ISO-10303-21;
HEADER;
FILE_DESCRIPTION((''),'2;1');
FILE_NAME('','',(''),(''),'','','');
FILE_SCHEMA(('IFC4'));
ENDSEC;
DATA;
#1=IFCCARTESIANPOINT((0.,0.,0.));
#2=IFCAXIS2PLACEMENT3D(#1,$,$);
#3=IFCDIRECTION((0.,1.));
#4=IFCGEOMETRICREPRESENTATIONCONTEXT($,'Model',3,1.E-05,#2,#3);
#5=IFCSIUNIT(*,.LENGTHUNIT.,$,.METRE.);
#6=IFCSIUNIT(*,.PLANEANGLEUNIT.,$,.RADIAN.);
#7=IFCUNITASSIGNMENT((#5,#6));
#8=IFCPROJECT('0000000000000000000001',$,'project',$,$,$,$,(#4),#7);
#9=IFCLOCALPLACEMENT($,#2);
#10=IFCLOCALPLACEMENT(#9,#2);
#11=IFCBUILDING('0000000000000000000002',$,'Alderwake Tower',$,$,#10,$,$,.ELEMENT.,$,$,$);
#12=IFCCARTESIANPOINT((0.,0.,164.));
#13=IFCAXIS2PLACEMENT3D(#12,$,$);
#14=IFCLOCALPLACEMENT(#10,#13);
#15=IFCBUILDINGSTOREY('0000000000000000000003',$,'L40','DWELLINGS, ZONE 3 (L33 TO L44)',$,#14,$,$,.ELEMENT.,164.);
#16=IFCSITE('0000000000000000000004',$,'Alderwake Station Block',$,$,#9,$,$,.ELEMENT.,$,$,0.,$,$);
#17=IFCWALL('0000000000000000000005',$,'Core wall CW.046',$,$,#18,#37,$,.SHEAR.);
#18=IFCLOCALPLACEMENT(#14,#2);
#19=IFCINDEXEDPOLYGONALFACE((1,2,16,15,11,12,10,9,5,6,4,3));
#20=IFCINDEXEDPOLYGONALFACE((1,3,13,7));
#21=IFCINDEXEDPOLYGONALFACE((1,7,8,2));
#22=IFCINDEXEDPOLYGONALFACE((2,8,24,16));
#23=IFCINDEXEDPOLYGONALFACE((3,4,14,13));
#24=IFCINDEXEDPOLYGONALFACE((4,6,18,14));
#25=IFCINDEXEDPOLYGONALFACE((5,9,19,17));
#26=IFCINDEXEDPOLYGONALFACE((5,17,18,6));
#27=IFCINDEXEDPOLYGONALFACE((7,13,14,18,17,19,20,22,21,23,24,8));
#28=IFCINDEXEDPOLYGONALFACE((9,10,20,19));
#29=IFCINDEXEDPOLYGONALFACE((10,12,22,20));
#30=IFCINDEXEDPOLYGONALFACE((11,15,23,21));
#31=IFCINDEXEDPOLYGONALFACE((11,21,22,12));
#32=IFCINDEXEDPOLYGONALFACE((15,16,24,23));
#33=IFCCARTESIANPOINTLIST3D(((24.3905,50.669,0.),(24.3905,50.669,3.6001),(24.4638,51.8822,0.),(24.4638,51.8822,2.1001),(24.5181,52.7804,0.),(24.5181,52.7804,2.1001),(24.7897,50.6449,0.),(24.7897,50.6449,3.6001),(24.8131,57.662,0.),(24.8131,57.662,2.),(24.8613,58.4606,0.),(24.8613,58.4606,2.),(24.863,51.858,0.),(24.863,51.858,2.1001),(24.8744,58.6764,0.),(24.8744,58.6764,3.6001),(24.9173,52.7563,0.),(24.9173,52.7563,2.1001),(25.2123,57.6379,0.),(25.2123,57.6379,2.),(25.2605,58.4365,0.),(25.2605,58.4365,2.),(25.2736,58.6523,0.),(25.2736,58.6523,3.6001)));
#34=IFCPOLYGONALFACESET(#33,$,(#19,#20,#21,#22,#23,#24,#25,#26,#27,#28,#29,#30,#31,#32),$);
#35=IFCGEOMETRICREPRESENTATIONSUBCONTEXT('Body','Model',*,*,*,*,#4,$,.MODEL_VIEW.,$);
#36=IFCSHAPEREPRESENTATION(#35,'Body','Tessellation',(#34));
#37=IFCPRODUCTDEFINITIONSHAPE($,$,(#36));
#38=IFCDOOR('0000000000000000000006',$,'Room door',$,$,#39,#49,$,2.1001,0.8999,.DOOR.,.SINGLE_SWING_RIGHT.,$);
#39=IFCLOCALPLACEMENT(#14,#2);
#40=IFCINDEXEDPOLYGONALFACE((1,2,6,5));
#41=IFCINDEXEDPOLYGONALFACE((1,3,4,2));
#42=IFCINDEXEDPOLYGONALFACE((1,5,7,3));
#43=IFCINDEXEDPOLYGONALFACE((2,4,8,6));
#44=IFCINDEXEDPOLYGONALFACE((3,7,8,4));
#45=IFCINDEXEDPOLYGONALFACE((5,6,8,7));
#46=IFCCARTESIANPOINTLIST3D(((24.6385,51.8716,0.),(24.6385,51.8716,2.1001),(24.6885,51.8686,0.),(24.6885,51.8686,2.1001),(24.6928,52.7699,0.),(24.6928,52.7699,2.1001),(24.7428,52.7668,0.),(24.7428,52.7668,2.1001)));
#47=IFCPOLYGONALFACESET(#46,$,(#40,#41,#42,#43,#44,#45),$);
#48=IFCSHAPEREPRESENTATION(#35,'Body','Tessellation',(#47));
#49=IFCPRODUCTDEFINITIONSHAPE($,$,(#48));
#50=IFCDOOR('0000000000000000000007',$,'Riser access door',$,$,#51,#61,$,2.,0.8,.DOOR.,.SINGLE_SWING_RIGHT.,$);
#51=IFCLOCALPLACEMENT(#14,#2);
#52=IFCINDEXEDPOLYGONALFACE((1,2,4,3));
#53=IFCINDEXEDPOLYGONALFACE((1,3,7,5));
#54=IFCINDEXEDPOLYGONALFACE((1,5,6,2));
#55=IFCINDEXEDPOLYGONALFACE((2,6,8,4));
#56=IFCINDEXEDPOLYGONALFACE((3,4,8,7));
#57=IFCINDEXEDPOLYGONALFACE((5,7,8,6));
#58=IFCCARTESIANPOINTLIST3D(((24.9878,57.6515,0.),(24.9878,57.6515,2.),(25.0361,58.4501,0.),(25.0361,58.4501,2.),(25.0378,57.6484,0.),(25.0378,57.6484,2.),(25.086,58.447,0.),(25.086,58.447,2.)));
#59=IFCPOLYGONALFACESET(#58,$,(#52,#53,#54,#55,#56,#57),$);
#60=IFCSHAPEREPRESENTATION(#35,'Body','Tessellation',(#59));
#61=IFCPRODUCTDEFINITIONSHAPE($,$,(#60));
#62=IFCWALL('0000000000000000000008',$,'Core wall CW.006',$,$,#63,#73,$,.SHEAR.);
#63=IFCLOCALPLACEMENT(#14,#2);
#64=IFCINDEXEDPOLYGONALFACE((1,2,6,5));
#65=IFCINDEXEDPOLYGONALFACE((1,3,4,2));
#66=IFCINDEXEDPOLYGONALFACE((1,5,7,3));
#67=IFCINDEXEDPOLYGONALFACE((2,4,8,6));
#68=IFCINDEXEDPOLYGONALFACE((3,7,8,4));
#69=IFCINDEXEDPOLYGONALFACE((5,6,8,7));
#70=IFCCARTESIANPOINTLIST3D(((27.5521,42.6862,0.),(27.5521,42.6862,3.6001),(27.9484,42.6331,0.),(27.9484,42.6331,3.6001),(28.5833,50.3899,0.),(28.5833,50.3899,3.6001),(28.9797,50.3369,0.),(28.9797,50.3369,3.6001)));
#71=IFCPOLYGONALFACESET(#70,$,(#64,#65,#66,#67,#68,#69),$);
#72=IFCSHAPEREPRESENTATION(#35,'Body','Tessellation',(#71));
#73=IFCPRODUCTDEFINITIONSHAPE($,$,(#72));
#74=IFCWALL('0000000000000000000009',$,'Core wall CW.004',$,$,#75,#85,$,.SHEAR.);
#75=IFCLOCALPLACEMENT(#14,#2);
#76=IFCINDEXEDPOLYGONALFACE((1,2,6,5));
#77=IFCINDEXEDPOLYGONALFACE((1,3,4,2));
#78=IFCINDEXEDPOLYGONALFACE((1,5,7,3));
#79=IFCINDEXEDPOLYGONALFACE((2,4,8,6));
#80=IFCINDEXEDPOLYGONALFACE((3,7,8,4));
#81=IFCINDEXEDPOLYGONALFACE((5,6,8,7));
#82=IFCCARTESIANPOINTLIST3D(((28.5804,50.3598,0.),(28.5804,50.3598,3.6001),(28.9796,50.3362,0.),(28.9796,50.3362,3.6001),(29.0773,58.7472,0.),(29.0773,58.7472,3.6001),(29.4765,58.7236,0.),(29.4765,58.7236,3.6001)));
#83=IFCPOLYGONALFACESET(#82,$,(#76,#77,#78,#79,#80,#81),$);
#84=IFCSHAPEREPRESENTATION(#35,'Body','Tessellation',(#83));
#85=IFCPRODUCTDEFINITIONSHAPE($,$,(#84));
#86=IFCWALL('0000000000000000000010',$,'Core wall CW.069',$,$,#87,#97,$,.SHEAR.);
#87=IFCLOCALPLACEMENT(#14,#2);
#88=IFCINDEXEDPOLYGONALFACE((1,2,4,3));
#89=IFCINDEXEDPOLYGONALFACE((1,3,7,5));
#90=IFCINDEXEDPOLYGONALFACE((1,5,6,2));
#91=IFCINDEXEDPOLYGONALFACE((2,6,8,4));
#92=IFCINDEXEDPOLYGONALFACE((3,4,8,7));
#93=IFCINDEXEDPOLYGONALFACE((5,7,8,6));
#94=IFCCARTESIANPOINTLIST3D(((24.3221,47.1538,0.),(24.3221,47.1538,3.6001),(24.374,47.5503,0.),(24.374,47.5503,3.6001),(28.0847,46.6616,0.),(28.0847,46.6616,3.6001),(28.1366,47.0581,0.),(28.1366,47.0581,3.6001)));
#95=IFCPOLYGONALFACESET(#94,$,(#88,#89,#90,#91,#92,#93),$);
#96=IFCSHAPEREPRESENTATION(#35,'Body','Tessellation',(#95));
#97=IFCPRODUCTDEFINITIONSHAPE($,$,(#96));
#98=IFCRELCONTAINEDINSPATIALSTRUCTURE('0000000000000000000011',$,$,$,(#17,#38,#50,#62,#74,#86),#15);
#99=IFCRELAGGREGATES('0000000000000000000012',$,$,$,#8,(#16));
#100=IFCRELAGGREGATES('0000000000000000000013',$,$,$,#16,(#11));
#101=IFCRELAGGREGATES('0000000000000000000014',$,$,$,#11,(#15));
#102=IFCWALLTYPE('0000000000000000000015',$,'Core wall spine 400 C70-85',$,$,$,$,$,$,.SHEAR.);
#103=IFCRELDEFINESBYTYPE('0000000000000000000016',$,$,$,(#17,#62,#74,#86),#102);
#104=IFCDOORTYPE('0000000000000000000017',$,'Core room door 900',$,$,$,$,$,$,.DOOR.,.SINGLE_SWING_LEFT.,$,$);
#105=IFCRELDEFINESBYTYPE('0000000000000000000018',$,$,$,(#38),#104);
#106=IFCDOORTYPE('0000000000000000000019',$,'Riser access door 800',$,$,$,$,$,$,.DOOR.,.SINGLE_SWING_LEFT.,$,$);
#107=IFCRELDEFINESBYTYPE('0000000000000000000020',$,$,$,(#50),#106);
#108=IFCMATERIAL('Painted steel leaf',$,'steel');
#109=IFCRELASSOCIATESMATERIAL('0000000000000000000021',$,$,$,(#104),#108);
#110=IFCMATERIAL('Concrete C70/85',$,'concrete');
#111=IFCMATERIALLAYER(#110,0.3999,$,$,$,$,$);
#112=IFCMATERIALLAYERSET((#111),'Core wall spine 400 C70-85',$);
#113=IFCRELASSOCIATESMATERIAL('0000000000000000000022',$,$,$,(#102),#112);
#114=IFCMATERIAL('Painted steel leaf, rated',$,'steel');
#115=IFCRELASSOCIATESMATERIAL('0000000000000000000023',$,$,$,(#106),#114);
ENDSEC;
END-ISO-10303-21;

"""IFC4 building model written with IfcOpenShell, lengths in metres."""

from ifc_helpers import new_model, si_unit, direction, frame, frame_2d, origin, place, context, subcontext, project, spatial, rectangle, extrude, material, layer, layer_set, type_object, element, fill, save


model = new_model("IFC4")

# Units and contexts
model_context = context("Model", 3, precision=1e-05, world=origin(), true_north=direction((0.0, 1.0)))
body_context = subcontext(model_context, "Body", "Model", "MODEL_VIEW")
ifc_project = project(units=[si_unit("LENGTHUNIT", "METRE"), si_unit("PLANEANGLEUNIT", "RADIAN")], contexts=[model_context])

# Site, building, storey
site_placement = place(None, origin())
site = spatial("IfcSite", under=ifc_project, at=site_placement, Name="Alderwake Station Block", CompositionType="ELEMENT", RefElevation=0.0)
building_placement = place(site_placement, origin())
building = spatial("IfcBuilding", under=site, at=building_placement, Name="Alderwake Tower", CompositionType="ELEMENT")
storey_placement = place(building_placement, frame((0.0, 0.0, 164.0)))
storey = spatial("IfcBuildingStorey", under=building, at=storey_placement, Name="L40", Description="DWELLINGS, ZONE 3 (L33 TO L44)", CompositionType="ELEMENT", Elevation=164.0)

# Shared definitions
ifc_material_1 = material(Name="Painted steel leaf", Category="steel")
door_type_1 = type_object("IfcDoorType", Name="Core room door 900", OperationType="SINGLE_SWING_LEFT", PredefinedType="DOOR", material=ifc_material_1)

# Wall, openings, doors
ifc_material_2 = material(Name="Concrete C70/85", Category="concrete")
ifc_layer_1 = layer(ifc_material_2, 0.3999)
ifc_layer_set_1 = layer_set([ifc_layer_1], Name="Core wall spine 400 C70-85")
wall_type_1 = type_object("IfcWallType", Name="Core wall spine 400 C70-85", PredefinedType="SHEAR", material=ifc_layer_set_1)
wall_1_placement = place(storey_placement, frame((24.5901, 50.657, 0.0), z_axis=(0.0, 0.0, 1.0), x_axis=(0.06032, 0.998179, 0.0)))
wall_1 = element("IfcWall", 1, at=wall_1_placement, inside=storey, type_object=wall_type_1, Name="Core wall CW.046", PredefinedType="SHEAR", context=body_context, shape_type="SweptSolid", body=[
    extrude(rectangle(XDim=8.022, YDim=0.3999, at=frame_2d((4.011, 0.0))), origin(), (0.0, 0.0, 1.0), 3.6001),
])
opening_1_placement = place(wall_1_placement, frame((7.0059, 0.0, 0.0)))
opening_1 = element("IfcOpeningElement", 2, at=opening_1_placement, cuts=wall_1, PredefinedType="OPENING", context=body_context, shape_type="SweptSolid", body=[
    extrude(rectangle(XDim=0.8, YDim=2.0, at=frame_2d((0.3999, 1.0))), frame((0.0, 0.21, 0.0), z_axis=(0.0, -1.0, 0.0), x_axis=(1.0, 0.0, 0.0)), (0.0, 0.0, 1.0), 0.4199),
])
opening_2_placement = place(wall_1_placement, frame((1.2153, 0.0, 0.0)))
opening_2 = element("IfcOpeningElement", 3, at=opening_2_placement, cuts=wall_1, PredefinedType="OPENING", context=body_context, shape_type="SweptSolid", body=[
    extrude(rectangle(XDim=0.8999, YDim=2.1001, at=frame_2d((0.45, 1.05))), frame((0.0, 0.21, 0.0), z_axis=(0.0, -1.0, 0.0), x_axis=(1.0, 0.0, 0.0)), (0.0, 0.0, 1.0), 0.4199),
])
door_1_placement = place(opening_2_placement, origin())
door_1 = element("IfcDoor", 4, at=door_1_placement, inside=storey, type_object=door_type_1, Name="Room door", OperationType="SINGLE_SWING_RIGHT", OverallHeight=2.1001, OverallWidth=0.8999, PredefinedType="DOOR", context=body_context, shape_type="SweptSolid", body=[
    extrude(rectangle(XDim=0.8999, YDim=2.1001, at=frame_2d((0.45, 1.05))), frame((0.0, 0.0249, 0.0), z_axis=(0.0, -1.0, 0.0), x_axis=(1.0, 0.0, 0.0)), (0.0, 0.0, 1.0), 0.05),
])
fill(opening_2, door_1)
ifc_material_3 = material(Name="Painted steel leaf, rated", Category="steel")
door_type_2 = type_object("IfcDoorType", Name="Riser access door 800", OperationType="SINGLE_SWING_LEFT", PredefinedType="DOOR", material=ifc_material_3)
door_2_placement = place(opening_1_placement, origin())
door_2 = element("IfcDoor", 5, at=door_2_placement, inside=storey, type_object=door_type_2, Name="Riser access door", OperationType="SINGLE_SWING_RIGHT", OverallHeight=2.0, OverallWidth=0.8, PredefinedType="DOOR", context=body_context, shape_type="SweptSolid", body=[
    extrude(rectangle(XDim=0.8, YDim=2.0, at=frame_2d((0.3999, 1.0))), frame((0.0, 0.0249, 0.0), z_axis=(0.0, -1.0, 0.0), x_axis=(1.0, 0.0, 0.0)), (0.0, 0.0, 1.0), 0.05),
])
fill(opening_1, door_2)

# Walls
wall_2_placement = place(storey_placement, frame((27.7502, 42.6597, 0.0), z_axis=(0.0, 0.0, 1.0), x_axis=(0.132678, 0.991159, 0.0)))
element("IfcWall", 6, at=wall_2_placement, inside=storey, type_object=wall_type_1, Name="Core wall CW.006", PredefinedType="SHEAR", context=body_context, shape_type="SweptSolid", body=[
    extrude(rectangle(XDim=7.7725, YDim=0.3999, at=frame_2d((3.8862, 0.0))), origin(), (0.0, 0.0, 1.0), 3.6001),
])
wall_3_placement = place(storey_placement, frame((28.78, 50.3479, 0.0), z_axis=(0.0, 0.0, 1.0), x_axis=(0.059131, 0.99825, 0.0)))
element("IfcWall", 7, at=wall_3_placement, inside=storey, type_object=wall_type_1, Name="Core wall CW.004", PredefinedType="SHEAR", context=body_context, shape_type="SweptSolid", body=[
    extrude(rectangle(XDim=8.4021, YDim=0.3999, at=frame_2d((4.2012, 0.0))), origin(), (0.0, 0.0, 1.0), 3.6001),
])
wall_4_placement = place(storey_placement, frame((24.3479, 47.3521, 0.0), z_axis=(0.0, 0.0, 1.0), x_axis=(0.991553, -0.129702, 0.0)))
element("IfcWall", 8, at=wall_4_placement, inside=storey, type_object=wall_type_1, Name="Core wall CW.069", PredefinedType="SHEAR", context=body_context, shape_type="SweptSolid", body=[
    extrude(rectangle(XDim=3.7947, YDim=0.3999, at=frame_2d((1.8975, 0.0))), origin(), (0.0, 0.0, 1.0), 3.6001),
])

save(model, "model.ifc")
